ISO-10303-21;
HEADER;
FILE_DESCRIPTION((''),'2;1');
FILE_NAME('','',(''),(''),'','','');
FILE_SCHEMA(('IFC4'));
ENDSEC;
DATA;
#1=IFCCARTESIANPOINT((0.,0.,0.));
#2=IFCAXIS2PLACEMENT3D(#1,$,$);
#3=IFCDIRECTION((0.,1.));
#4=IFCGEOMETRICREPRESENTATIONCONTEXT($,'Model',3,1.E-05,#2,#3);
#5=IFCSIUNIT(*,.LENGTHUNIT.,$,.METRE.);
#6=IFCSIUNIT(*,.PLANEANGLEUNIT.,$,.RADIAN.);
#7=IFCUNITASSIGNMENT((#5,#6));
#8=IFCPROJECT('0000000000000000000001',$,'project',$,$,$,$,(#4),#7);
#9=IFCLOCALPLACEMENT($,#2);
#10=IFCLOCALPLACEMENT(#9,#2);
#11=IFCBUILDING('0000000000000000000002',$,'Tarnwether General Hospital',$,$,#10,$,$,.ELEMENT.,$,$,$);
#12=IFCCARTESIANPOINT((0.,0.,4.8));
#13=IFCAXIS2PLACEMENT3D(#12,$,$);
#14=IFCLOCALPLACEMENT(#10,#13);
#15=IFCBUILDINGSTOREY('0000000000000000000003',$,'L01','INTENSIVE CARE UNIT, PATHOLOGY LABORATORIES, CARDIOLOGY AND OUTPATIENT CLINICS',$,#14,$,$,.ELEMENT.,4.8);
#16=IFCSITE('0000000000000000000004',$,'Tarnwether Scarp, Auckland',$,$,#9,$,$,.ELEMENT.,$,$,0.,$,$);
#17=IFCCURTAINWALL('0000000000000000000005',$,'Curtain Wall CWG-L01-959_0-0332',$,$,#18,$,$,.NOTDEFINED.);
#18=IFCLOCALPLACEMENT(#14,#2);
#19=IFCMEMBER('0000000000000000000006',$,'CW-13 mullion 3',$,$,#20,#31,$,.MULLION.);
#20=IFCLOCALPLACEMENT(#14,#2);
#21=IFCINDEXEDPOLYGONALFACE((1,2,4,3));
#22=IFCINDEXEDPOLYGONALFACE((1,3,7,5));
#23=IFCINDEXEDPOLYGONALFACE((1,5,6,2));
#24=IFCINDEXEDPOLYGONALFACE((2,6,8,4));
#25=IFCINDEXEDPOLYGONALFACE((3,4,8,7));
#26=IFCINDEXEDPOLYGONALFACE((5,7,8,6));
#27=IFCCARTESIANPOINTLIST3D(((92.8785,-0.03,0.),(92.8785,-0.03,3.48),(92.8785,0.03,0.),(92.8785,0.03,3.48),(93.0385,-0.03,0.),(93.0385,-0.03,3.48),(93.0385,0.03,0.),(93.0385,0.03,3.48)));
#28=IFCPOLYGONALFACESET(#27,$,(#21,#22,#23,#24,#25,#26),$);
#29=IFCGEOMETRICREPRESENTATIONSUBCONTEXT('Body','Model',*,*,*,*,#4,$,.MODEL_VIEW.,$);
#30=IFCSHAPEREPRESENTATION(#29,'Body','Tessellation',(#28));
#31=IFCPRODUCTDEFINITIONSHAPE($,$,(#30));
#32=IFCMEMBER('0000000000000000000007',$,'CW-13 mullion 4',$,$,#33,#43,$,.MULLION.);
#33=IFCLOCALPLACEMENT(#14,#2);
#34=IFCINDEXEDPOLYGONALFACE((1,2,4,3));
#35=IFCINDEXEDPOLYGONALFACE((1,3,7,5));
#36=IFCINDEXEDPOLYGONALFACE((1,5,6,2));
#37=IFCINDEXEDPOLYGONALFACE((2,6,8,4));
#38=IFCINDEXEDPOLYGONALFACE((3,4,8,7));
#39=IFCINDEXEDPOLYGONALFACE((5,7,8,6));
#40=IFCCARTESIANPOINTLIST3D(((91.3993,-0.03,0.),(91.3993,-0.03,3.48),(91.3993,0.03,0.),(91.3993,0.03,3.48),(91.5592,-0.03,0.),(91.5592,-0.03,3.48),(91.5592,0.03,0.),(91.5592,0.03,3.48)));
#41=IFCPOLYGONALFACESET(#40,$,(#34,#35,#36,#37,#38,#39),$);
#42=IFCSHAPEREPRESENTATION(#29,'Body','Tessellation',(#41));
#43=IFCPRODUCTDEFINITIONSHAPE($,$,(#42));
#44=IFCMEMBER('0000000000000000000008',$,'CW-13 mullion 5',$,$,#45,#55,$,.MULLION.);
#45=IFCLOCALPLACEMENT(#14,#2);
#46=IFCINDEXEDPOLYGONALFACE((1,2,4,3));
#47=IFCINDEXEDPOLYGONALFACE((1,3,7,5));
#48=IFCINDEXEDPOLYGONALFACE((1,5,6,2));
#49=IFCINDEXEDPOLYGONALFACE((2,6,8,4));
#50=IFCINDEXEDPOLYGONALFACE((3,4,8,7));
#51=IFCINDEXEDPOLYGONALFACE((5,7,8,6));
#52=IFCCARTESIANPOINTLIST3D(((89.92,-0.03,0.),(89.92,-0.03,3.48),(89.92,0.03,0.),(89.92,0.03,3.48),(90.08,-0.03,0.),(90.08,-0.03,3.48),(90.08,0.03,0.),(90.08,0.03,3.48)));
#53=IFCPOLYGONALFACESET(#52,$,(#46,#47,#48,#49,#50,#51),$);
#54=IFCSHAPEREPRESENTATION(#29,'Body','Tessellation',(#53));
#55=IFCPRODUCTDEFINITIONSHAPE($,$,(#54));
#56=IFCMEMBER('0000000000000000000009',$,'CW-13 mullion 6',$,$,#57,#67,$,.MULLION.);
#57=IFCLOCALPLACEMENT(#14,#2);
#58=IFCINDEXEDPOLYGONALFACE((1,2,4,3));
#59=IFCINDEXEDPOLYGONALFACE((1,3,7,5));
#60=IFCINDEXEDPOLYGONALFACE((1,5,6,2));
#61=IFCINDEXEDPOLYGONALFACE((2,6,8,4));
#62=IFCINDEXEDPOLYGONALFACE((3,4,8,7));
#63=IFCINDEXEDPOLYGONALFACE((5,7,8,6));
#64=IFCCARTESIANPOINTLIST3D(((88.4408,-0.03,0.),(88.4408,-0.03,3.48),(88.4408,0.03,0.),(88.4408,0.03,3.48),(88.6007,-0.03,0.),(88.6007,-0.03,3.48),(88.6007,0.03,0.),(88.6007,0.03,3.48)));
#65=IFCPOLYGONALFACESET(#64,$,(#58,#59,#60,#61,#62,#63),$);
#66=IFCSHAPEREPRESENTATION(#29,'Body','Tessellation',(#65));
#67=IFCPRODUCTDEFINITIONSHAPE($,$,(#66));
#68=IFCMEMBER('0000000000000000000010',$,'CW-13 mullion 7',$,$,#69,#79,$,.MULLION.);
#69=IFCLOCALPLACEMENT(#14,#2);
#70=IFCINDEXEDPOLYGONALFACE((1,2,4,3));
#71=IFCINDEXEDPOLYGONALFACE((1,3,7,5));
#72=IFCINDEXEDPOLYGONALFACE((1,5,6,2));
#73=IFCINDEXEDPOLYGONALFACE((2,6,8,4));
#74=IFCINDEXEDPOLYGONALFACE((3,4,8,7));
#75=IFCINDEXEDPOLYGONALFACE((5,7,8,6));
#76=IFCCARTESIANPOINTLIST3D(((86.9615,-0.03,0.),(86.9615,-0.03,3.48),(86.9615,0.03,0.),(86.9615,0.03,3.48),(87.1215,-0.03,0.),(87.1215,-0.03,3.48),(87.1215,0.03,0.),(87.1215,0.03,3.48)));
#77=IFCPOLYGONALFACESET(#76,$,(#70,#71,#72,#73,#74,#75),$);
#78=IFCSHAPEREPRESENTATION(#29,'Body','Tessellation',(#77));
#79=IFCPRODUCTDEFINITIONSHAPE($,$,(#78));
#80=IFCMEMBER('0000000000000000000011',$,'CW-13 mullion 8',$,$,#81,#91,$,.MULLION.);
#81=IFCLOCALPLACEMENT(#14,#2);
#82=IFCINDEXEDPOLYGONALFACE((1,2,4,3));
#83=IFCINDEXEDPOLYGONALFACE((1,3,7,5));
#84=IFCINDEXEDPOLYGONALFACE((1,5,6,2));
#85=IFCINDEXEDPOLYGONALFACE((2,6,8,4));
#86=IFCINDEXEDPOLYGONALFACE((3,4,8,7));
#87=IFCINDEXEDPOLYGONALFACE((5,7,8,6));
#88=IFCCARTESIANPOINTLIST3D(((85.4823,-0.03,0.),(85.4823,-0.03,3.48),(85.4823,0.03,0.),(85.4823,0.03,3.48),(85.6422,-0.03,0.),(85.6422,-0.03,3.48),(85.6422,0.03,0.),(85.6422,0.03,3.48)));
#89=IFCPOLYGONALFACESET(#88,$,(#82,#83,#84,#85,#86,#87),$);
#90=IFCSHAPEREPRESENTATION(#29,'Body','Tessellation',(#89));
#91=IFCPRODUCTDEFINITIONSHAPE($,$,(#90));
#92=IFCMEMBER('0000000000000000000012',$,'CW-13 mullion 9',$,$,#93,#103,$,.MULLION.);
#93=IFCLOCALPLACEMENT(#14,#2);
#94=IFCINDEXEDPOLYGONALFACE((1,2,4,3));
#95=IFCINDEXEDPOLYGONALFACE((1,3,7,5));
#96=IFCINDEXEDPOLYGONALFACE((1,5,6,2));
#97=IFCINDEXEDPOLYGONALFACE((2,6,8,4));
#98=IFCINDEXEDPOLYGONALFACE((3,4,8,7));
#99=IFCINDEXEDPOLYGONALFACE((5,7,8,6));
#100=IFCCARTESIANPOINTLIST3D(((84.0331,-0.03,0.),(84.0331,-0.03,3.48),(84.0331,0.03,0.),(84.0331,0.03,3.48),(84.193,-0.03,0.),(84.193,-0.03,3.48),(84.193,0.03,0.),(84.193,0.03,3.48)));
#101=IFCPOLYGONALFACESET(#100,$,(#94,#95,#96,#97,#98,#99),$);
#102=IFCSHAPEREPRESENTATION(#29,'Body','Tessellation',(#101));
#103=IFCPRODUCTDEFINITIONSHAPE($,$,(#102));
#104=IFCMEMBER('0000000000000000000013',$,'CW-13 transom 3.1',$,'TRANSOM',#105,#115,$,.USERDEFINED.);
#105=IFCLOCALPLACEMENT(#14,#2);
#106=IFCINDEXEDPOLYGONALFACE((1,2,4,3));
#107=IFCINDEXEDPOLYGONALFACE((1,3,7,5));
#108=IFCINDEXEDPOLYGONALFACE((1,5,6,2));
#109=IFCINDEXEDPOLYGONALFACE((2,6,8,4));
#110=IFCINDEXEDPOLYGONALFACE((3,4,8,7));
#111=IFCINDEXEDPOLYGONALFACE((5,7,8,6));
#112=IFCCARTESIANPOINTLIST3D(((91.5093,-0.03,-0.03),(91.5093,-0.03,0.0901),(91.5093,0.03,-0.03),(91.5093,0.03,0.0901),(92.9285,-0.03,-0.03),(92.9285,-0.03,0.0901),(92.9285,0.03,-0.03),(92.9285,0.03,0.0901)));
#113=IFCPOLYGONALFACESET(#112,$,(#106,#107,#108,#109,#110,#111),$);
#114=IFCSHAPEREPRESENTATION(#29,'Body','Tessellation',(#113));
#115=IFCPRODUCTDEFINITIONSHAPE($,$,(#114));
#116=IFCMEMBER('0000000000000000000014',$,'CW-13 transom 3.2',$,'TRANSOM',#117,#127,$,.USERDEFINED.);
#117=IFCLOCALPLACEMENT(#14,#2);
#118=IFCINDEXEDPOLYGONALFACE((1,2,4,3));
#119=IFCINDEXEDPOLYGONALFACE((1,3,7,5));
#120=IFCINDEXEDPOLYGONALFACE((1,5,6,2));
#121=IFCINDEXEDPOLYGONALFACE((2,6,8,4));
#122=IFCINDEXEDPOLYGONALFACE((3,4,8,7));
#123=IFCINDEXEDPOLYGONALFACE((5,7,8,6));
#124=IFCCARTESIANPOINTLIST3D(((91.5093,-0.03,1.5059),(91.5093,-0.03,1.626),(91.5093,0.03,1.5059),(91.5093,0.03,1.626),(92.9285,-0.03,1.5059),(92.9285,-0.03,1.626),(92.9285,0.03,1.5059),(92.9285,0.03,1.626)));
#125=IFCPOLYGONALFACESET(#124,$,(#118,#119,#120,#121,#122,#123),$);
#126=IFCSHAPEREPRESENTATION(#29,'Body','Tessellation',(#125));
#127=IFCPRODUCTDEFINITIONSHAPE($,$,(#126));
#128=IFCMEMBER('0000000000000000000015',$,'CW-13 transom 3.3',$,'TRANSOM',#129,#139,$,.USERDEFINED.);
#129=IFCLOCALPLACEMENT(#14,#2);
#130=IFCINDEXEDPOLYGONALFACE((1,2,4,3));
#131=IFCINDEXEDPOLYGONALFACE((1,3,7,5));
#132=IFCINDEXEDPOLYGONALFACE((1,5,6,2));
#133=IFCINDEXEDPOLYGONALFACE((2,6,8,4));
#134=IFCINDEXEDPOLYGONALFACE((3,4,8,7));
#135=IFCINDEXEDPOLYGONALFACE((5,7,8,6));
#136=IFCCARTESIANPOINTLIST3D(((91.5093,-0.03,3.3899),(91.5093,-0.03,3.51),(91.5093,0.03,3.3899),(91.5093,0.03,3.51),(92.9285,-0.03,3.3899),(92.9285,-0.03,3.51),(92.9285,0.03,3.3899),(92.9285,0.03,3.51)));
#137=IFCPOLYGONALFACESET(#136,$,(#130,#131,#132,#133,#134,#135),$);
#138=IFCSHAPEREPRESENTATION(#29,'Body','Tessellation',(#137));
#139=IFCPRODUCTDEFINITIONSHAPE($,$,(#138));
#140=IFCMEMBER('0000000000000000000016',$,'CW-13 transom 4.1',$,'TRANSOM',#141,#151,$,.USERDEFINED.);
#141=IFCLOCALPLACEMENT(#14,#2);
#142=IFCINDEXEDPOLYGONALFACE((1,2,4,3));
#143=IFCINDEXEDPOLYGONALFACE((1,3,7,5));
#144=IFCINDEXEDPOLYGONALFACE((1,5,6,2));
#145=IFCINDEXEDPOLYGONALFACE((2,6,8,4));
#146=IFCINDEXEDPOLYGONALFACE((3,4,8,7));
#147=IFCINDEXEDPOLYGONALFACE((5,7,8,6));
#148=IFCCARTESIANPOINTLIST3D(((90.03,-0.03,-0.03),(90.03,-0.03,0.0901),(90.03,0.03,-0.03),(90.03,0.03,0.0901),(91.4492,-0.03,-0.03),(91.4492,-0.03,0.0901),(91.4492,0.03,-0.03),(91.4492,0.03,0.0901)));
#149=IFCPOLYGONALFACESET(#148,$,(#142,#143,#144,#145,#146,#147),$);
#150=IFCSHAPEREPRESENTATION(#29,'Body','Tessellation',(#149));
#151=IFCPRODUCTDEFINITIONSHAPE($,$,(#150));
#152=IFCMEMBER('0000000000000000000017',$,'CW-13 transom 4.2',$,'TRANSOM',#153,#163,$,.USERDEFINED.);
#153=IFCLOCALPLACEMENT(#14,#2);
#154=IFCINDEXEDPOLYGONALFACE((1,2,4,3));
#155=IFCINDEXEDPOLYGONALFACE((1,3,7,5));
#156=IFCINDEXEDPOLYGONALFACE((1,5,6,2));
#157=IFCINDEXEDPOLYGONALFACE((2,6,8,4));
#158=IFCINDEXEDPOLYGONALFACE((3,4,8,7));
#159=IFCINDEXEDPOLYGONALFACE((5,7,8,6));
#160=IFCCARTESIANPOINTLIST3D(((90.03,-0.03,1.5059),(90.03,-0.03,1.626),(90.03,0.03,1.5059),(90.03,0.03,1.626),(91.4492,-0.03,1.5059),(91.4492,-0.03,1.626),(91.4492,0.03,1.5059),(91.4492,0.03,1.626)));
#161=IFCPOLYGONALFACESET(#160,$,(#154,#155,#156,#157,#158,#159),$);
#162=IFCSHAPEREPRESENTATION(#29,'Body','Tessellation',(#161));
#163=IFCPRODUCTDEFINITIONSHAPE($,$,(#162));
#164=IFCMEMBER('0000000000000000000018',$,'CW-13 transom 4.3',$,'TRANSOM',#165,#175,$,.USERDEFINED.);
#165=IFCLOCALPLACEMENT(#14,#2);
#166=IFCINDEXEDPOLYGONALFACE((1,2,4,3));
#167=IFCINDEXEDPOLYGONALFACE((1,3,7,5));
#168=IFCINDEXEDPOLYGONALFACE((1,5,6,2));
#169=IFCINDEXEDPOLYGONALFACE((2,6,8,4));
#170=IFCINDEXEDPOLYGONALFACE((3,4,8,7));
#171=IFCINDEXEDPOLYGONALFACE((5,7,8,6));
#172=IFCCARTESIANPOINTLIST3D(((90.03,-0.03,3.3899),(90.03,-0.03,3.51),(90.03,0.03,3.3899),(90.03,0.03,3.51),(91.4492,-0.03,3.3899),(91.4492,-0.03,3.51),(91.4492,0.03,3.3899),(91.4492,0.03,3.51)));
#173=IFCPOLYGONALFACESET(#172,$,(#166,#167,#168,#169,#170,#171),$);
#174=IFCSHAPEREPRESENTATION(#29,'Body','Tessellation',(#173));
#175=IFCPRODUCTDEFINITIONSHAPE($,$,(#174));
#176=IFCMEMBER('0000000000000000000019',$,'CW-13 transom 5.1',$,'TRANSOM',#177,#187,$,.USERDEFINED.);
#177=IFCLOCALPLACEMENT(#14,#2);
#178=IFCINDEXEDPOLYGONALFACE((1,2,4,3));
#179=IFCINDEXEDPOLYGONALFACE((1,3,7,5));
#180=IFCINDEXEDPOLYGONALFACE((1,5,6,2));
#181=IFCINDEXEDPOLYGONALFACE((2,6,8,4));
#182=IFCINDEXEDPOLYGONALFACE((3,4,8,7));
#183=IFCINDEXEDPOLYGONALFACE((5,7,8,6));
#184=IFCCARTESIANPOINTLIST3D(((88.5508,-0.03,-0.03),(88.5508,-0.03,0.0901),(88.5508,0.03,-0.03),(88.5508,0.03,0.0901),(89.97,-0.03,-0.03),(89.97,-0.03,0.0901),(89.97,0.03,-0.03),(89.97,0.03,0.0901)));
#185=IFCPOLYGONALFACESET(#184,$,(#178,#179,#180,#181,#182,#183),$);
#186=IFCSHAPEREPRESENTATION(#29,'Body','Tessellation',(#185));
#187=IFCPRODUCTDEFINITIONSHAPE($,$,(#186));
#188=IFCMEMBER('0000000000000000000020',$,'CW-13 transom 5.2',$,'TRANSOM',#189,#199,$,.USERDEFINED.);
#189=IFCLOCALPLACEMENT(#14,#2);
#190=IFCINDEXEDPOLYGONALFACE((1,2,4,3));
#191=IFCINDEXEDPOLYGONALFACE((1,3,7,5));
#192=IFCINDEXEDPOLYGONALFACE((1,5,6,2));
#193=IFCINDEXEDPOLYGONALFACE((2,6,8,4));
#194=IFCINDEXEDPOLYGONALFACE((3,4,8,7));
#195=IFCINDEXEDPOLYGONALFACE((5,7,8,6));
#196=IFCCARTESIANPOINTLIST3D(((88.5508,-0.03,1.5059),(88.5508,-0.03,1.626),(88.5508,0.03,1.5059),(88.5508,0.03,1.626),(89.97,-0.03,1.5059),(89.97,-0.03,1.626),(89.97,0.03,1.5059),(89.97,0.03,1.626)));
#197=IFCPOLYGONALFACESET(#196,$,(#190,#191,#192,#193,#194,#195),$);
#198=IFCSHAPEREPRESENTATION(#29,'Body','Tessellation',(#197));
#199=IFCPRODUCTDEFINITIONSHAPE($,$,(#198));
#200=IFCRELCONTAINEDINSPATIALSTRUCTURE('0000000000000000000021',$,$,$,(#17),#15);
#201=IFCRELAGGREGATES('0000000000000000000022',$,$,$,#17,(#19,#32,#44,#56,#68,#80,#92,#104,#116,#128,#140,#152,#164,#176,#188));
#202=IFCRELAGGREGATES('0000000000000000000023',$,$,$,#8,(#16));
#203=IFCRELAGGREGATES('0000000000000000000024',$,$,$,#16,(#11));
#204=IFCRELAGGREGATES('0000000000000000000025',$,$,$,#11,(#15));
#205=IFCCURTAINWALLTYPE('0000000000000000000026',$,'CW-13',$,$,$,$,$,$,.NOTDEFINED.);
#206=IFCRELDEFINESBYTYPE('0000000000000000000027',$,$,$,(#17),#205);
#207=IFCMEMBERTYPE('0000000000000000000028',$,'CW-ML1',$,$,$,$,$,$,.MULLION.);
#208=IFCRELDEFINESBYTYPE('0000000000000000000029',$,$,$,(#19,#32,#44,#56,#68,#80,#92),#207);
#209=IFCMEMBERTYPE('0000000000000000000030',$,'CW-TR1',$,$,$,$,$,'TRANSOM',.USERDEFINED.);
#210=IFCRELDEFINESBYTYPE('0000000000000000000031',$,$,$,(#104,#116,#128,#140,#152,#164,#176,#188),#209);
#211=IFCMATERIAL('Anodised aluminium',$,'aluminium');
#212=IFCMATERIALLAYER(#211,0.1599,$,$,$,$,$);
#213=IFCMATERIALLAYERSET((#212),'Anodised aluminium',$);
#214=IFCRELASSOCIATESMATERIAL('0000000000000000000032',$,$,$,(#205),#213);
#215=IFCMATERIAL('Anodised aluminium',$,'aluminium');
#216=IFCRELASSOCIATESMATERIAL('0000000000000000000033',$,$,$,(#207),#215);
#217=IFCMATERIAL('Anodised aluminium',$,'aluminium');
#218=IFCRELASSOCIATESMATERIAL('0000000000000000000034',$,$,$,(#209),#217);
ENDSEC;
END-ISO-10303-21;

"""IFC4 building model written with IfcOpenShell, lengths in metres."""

from ifc_helpers import new_model, si_unit, direction, frame, origin, origin_2d, place, context, subcontext, project, spatial, rectangle, extrude, material, layer, layer_set, material_profile, profile_set, type_object, element, aggregate, save


model = new_model("IFC4")

# Units and contexts
model_context = context("Model", 3, precision=1e-05, world=origin(), true_north=direction((0.0, 1.0)))
body_context = subcontext(model_context, "Body", "Model", "MODEL_VIEW")
ifc_project = project(units=[si_unit("LENGTHUNIT", "METRE"), si_unit("PLANEANGLEUNIT", "RADIAN")], contexts=[model_context])

# Site, building, storey
site_placement = place(None, origin())
site = spatial("IfcSite", under=ifc_project, at=site_placement, Name="Tarnwether Scarp, Auckland", CompositionType="ELEMENT", RefElevation=0.0)
building_placement = place(site_placement, origin())
building = spatial("IfcBuilding", under=site, at=building_placement, Name="Tarnwether General Hospital", CompositionType="ELEMENT")
storey_placement = place(building_placement, frame((0.0, 0.0, 4.8)))
storey = spatial("IfcBuildingStorey", under=building, at=storey_placement, Name="L01", Description="INTENSIVE CARE UNIT, PATHOLOGY LABORATORIES, CARDIOLOGY AND OUTPATIENT CLINICS", CompositionType="ELEMENT", Elevation=4.8)

# Curtain wall, members
ifc_material_1 = material(Name="Anodised aluminium", Category="aluminium")
ifc_layer_1 = layer(ifc_material_1, 0.1599)
ifc_layer_set_1 = layer_set([ifc_layer_1], Name="Anodised aluminium")
curtain_wall_type = type_object("IfcCurtainWallType", Name="CW-13", PredefinedType="NOTDEFINED", material=ifc_layer_set_1)
curtain_wall_placement = place(storey_placement, origin())
curtain_wall = element("IfcCurtainWall", 1, at=curtain_wall_placement, inside=storey, type_object=curtain_wall_type, Name="Curtain Wall CWG-L01-959_0-0332", PredefinedType="NOTDEFINED")
ifc_material_2 = material(Name="Anodised aluminium", Category="aluminium")
ifc_material_profile_1 = material_profile(ifc_material_2, rectangle(XDim=0.0601, YDim=0.1599, at=origin_2d()), Name="ALU-MUL-60x160")
ifc_profile_set_1 = profile_set([ifc_material_profile_1], Name="Anodised aluminium")
member_type_1 = type_object("IfcMemberType", Name="CW-ML1", PredefinedType="MULLION", material=ifc_profile_set_1)
member_1_placement = place(storey_placement, frame((92.9585, 0.0, 0.0), z_axis=(0.0, 0.0, 1.0), x_axis=(0.0, -1.0, 0.0)))
member_1 = element("IfcMember", 2, at=member_1_placement, type_object=member_type_1, Name="CW-13 mullion 3", PredefinedType="MULLION", context=body_context, shape_type="SweptSolid", body=[
    extrude(rectangle(XDim=0.0601, YDim=0.1599, at=origin_2d()), origin(), (0.0, 0.0, 1.0), 3.48),
])
member_2_placement = place(storey_placement, frame((91.4792, 0.0, 0.0), z_axis=(0.0, 0.0, 1.0), x_axis=(0.0, -1.0, 0.0)))
member_2 = element("IfcMember", 3, at=member_2_placement, type_object=member_type_1, Name="CW-13 mullion 4", PredefinedType="MULLION", context=body_context, shape_type="SweptSolid", body=[
    extrude(rectangle(XDim=0.0601, YDim=0.1599, at=origin_2d()), origin(), (0.0, 0.0, 1.0), 3.48),
])
member_3_placement = place(storey_placement, frame((90.0, 0.0, 0.0), z_axis=(0.0, 0.0, 1.0), x_axis=(0.0, -1.0, 0.0)))
member_3 = element("IfcMember", 4, at=member_3_placement, type_object=member_type_1, Name="CW-13 mullion 5", PredefinedType="MULLION", context=body_context, shape_type="SweptSolid", body=[
    extrude(rectangle(XDim=0.0601, YDim=0.1599, at=origin_2d()), origin(), (0.0, 0.0, 1.0), 3.48),
])
member_4_placement = place(storey_placement, frame((88.5208, 0.0, 0.0), z_axis=(0.0, 0.0, 1.0), x_axis=(0.0, -1.0, 0.0)))
member_4 = element("IfcMember", 5, at=member_4_placement, type_object=member_type_1, Name="CW-13 mullion 6", PredefinedType="MULLION", context=body_context, shape_type="SweptSolid", body=[
    extrude(rectangle(XDim=0.0601, YDim=0.1599, at=origin_2d()), origin(), (0.0, 0.0, 1.0), 3.48),
])
member_5_placement = place(storey_placement, frame((87.0415, 0.0, 0.0), z_axis=(0.0, 0.0, 1.0), x_axis=(0.0, -1.0, 0.0)))
member_5 = element("IfcMember", 6, at=member_5_placement, type_object=member_type_1, Name="CW-13 mullion 7", PredefinedType="MULLION", context=body_context, shape_type="SweptSolid", body=[
    extrude(rectangle(XDim=0.0601, YDim=0.1599, at=origin_2d()), origin(), (0.0, 0.0, 1.0), 3.48),
])
member_6_placement = place(storey_placement, frame((85.5623, 0.0, 0.0), z_axis=(0.0, 0.0, 1.0), x_axis=(0.0, -1.0, 0.0)))
member_6 = element("IfcMember", 7, at=member_6_placement, type_object=member_type_1, Name="CW-13 mullion 8", PredefinedType="MULLION", context=body_context, shape_type="SweptSolid", body=[
    extrude(rectangle(XDim=0.0601, YDim=0.1599, at=origin_2d()), origin(), (0.0, 0.0, 1.0), 3.48),
])
member_7_placement = place(storey_placement, frame((84.113, 0.0, 0.0), z_axis=(0.0, 0.0, 1.0), x_axis=(0.0, -1.0, 0.0)))
member_7 = element("IfcMember", 8, at=member_7_placement, type_object=member_type_1, Name="CW-13 mullion 9", PredefinedType="MULLION", context=body_context, shape_type="SweptSolid", body=[
    extrude(rectangle(XDim=0.0601, YDim=0.1599, at=origin_2d()), origin(), (0.0, 0.0, 1.0), 3.48),
])
ifc_material_3 = material(Name="Anodised aluminium", Category="aluminium")
ifc_material_profile_2 = material_profile(ifc_material_3, rectangle(XDim=0.0601, YDim=0.1201, at=origin_2d()), Name="ALU-TRN-60x120")
ifc_profile_set_2 = profile_set([ifc_material_profile_2], Name="Anodised aluminium")
member_type_2 = type_object("IfcMemberType", Name="CW-TR1", ElementType="TRANSOM", PredefinedType="USERDEFINED", material=ifc_profile_set_2)
member_8_placement = place(storey_placement, frame((92.9285, 0.0, 0.03), z_axis=(-1.0, 0.0, 0.0), x_axis=(0.0, -1.0, 0.0)))
member_8 = element("IfcMember", 9, at=member_8_placement, type_object=member_type_2, Name="CW-13 transom 3.1", ObjectType="TRANSOM", PredefinedType="USERDEFINED", context=body_context, shape_type="SweptSolid", body=[
    extrude(rectangle(XDim=0.0601, YDim=0.1201, at=origin_2d()), origin(), (0.0, 0.0, 1.0), 1.4192),
])
member_9_placement = place(storey_placement, frame((92.9285, 0.0, 1.5659), z_axis=(-1.0, 0.0, 0.0), x_axis=(0.0, -1.0, 0.0)))
member_9 = element("IfcMember", 10, at=member_9_placement, type_object=member_type_2, Name="CW-13 transom 3.2", ObjectType="TRANSOM", PredefinedType="USERDEFINED", context=body_context, shape_type="SweptSolid", body=[
    extrude(rectangle(XDim=0.0601, YDim=0.1201, at=origin_2d()), origin(), (0.0, 0.0, 1.0), 1.4192),
])
member_10_placement = place(storey_placement, frame((92.9285, 0.0, 3.45), z_axis=(-1.0, 0.0, 0.0), x_axis=(0.0, -1.0, 0.0)))
member_10 = element("IfcMember", 11, at=member_10_placement, type_object=member_type_2, Name="CW-13 transom 3.3", ObjectType="TRANSOM", PredefinedType="USERDEFINED", context=body_context, shape_type="SweptSolid", body=[
    extrude(rectangle(XDim=0.0601, YDim=0.1201, at=origin_2d()), origin(), (0.0, 0.0, 1.0), 1.4192),
])
member_11_placement = place(storey_placement, frame((91.4492, 0.0, 0.03), z_axis=(-1.0, 0.0, 0.0), x_axis=(0.0, -1.0, 0.0)))
member_11 = element("IfcMember", 12, at=member_11_placement, type_object=member_type_2, Name="CW-13 transom 4.1", ObjectType="TRANSOM", PredefinedType="USERDEFINED", context=body_context, shape_type="SweptSolid", body=[
    extrude(rectangle(XDim=0.0601, YDim=0.1201, at=origin_2d()), origin(), (0.0, 0.0, 1.0), 1.4192),
])
member_12_placement = place(storey_placement, frame((91.4492, 0.0, 1.5659), z_axis=(-1.0, 0.0, 0.0), x_axis=(0.0, -1.0, 0.0)))
member_12 = element("IfcMember", 13, at=member_12_placement, type_object=member_type_2, Name="CW-13 transom 4.2", ObjectType="TRANSOM", PredefinedType="USERDEFINED", context=body_context, shape_type="SweptSolid", body=[
    extrude(rectangle(XDim=0.0601, YDim=0.1201, at=origin_2d()), origin(), (0.0, 0.0, 1.0), 1.4192),
])
member_13_placement = place(storey_placement, frame((91.4492, 0.0, 3.45), z_axis=(-1.0, 0.0, 0.0), x_axis=(0.0, -1.0, 0.0)))
member_13 = element("IfcMember", 14, at=member_13_placement, type_object=member_type_2, Name="CW-13 transom 4.3", ObjectType="TRANSOM", PredefinedType="USERDEFINED", context=body_context, shape_type="SweptSolid", body=[
    extrude(rectangle(XDim=0.0601, YDim=0.1201, at=origin_2d()), origin(), (0.0, 0.0, 1.0), 1.4192),
])
member_14_placement = place(storey_placement, frame((89.97, 0.0, 0.03), z_axis=(-1.0, 0.0, 0.0), x_axis=(0.0, -1.0, 0.0)))
member_14 = element("IfcMember", 15, at=member_14_placement, type_object=member_type_2, Name="CW-13 transom 5.1", ObjectType="TRANSOM", PredefinedType="USERDEFINED", context=body_context, shape_type="SweptSolid", body=[
    extrude(rectangle(XDim=0.0601, YDim=0.1201, at=origin_2d()), origin(), (0.0, 0.0, 1.0), 1.4192),
])
member_15_placement = place(storey_placement, frame((89.97, 0.0, 1.5659), z_axis=(-1.0, 0.0, 0.0), x_axis=(0.0, -1.0, 0.0)))
member_15 = element("IfcMember", 16, at=member_15_placement, type_object=member_type_2, Name="CW-13 transom 5.2", ObjectType="TRANSOM", PredefinedType="USERDEFINED", context=body_context, shape_type="SweptSolid", body=[
    extrude(rectangle(XDim=0.0601, YDim=0.1201, at=origin_2d()), origin(), (0.0, 0.0, 1.0), 1.4192),
])
aggregate(curtain_wall, [member_1, member_2, member_3, member_4, member_5, member_6, member_7, member_8, member_9, member_10, member_11, member_12, member_13, member_14, member_15])

save(model, "model.ifc")
